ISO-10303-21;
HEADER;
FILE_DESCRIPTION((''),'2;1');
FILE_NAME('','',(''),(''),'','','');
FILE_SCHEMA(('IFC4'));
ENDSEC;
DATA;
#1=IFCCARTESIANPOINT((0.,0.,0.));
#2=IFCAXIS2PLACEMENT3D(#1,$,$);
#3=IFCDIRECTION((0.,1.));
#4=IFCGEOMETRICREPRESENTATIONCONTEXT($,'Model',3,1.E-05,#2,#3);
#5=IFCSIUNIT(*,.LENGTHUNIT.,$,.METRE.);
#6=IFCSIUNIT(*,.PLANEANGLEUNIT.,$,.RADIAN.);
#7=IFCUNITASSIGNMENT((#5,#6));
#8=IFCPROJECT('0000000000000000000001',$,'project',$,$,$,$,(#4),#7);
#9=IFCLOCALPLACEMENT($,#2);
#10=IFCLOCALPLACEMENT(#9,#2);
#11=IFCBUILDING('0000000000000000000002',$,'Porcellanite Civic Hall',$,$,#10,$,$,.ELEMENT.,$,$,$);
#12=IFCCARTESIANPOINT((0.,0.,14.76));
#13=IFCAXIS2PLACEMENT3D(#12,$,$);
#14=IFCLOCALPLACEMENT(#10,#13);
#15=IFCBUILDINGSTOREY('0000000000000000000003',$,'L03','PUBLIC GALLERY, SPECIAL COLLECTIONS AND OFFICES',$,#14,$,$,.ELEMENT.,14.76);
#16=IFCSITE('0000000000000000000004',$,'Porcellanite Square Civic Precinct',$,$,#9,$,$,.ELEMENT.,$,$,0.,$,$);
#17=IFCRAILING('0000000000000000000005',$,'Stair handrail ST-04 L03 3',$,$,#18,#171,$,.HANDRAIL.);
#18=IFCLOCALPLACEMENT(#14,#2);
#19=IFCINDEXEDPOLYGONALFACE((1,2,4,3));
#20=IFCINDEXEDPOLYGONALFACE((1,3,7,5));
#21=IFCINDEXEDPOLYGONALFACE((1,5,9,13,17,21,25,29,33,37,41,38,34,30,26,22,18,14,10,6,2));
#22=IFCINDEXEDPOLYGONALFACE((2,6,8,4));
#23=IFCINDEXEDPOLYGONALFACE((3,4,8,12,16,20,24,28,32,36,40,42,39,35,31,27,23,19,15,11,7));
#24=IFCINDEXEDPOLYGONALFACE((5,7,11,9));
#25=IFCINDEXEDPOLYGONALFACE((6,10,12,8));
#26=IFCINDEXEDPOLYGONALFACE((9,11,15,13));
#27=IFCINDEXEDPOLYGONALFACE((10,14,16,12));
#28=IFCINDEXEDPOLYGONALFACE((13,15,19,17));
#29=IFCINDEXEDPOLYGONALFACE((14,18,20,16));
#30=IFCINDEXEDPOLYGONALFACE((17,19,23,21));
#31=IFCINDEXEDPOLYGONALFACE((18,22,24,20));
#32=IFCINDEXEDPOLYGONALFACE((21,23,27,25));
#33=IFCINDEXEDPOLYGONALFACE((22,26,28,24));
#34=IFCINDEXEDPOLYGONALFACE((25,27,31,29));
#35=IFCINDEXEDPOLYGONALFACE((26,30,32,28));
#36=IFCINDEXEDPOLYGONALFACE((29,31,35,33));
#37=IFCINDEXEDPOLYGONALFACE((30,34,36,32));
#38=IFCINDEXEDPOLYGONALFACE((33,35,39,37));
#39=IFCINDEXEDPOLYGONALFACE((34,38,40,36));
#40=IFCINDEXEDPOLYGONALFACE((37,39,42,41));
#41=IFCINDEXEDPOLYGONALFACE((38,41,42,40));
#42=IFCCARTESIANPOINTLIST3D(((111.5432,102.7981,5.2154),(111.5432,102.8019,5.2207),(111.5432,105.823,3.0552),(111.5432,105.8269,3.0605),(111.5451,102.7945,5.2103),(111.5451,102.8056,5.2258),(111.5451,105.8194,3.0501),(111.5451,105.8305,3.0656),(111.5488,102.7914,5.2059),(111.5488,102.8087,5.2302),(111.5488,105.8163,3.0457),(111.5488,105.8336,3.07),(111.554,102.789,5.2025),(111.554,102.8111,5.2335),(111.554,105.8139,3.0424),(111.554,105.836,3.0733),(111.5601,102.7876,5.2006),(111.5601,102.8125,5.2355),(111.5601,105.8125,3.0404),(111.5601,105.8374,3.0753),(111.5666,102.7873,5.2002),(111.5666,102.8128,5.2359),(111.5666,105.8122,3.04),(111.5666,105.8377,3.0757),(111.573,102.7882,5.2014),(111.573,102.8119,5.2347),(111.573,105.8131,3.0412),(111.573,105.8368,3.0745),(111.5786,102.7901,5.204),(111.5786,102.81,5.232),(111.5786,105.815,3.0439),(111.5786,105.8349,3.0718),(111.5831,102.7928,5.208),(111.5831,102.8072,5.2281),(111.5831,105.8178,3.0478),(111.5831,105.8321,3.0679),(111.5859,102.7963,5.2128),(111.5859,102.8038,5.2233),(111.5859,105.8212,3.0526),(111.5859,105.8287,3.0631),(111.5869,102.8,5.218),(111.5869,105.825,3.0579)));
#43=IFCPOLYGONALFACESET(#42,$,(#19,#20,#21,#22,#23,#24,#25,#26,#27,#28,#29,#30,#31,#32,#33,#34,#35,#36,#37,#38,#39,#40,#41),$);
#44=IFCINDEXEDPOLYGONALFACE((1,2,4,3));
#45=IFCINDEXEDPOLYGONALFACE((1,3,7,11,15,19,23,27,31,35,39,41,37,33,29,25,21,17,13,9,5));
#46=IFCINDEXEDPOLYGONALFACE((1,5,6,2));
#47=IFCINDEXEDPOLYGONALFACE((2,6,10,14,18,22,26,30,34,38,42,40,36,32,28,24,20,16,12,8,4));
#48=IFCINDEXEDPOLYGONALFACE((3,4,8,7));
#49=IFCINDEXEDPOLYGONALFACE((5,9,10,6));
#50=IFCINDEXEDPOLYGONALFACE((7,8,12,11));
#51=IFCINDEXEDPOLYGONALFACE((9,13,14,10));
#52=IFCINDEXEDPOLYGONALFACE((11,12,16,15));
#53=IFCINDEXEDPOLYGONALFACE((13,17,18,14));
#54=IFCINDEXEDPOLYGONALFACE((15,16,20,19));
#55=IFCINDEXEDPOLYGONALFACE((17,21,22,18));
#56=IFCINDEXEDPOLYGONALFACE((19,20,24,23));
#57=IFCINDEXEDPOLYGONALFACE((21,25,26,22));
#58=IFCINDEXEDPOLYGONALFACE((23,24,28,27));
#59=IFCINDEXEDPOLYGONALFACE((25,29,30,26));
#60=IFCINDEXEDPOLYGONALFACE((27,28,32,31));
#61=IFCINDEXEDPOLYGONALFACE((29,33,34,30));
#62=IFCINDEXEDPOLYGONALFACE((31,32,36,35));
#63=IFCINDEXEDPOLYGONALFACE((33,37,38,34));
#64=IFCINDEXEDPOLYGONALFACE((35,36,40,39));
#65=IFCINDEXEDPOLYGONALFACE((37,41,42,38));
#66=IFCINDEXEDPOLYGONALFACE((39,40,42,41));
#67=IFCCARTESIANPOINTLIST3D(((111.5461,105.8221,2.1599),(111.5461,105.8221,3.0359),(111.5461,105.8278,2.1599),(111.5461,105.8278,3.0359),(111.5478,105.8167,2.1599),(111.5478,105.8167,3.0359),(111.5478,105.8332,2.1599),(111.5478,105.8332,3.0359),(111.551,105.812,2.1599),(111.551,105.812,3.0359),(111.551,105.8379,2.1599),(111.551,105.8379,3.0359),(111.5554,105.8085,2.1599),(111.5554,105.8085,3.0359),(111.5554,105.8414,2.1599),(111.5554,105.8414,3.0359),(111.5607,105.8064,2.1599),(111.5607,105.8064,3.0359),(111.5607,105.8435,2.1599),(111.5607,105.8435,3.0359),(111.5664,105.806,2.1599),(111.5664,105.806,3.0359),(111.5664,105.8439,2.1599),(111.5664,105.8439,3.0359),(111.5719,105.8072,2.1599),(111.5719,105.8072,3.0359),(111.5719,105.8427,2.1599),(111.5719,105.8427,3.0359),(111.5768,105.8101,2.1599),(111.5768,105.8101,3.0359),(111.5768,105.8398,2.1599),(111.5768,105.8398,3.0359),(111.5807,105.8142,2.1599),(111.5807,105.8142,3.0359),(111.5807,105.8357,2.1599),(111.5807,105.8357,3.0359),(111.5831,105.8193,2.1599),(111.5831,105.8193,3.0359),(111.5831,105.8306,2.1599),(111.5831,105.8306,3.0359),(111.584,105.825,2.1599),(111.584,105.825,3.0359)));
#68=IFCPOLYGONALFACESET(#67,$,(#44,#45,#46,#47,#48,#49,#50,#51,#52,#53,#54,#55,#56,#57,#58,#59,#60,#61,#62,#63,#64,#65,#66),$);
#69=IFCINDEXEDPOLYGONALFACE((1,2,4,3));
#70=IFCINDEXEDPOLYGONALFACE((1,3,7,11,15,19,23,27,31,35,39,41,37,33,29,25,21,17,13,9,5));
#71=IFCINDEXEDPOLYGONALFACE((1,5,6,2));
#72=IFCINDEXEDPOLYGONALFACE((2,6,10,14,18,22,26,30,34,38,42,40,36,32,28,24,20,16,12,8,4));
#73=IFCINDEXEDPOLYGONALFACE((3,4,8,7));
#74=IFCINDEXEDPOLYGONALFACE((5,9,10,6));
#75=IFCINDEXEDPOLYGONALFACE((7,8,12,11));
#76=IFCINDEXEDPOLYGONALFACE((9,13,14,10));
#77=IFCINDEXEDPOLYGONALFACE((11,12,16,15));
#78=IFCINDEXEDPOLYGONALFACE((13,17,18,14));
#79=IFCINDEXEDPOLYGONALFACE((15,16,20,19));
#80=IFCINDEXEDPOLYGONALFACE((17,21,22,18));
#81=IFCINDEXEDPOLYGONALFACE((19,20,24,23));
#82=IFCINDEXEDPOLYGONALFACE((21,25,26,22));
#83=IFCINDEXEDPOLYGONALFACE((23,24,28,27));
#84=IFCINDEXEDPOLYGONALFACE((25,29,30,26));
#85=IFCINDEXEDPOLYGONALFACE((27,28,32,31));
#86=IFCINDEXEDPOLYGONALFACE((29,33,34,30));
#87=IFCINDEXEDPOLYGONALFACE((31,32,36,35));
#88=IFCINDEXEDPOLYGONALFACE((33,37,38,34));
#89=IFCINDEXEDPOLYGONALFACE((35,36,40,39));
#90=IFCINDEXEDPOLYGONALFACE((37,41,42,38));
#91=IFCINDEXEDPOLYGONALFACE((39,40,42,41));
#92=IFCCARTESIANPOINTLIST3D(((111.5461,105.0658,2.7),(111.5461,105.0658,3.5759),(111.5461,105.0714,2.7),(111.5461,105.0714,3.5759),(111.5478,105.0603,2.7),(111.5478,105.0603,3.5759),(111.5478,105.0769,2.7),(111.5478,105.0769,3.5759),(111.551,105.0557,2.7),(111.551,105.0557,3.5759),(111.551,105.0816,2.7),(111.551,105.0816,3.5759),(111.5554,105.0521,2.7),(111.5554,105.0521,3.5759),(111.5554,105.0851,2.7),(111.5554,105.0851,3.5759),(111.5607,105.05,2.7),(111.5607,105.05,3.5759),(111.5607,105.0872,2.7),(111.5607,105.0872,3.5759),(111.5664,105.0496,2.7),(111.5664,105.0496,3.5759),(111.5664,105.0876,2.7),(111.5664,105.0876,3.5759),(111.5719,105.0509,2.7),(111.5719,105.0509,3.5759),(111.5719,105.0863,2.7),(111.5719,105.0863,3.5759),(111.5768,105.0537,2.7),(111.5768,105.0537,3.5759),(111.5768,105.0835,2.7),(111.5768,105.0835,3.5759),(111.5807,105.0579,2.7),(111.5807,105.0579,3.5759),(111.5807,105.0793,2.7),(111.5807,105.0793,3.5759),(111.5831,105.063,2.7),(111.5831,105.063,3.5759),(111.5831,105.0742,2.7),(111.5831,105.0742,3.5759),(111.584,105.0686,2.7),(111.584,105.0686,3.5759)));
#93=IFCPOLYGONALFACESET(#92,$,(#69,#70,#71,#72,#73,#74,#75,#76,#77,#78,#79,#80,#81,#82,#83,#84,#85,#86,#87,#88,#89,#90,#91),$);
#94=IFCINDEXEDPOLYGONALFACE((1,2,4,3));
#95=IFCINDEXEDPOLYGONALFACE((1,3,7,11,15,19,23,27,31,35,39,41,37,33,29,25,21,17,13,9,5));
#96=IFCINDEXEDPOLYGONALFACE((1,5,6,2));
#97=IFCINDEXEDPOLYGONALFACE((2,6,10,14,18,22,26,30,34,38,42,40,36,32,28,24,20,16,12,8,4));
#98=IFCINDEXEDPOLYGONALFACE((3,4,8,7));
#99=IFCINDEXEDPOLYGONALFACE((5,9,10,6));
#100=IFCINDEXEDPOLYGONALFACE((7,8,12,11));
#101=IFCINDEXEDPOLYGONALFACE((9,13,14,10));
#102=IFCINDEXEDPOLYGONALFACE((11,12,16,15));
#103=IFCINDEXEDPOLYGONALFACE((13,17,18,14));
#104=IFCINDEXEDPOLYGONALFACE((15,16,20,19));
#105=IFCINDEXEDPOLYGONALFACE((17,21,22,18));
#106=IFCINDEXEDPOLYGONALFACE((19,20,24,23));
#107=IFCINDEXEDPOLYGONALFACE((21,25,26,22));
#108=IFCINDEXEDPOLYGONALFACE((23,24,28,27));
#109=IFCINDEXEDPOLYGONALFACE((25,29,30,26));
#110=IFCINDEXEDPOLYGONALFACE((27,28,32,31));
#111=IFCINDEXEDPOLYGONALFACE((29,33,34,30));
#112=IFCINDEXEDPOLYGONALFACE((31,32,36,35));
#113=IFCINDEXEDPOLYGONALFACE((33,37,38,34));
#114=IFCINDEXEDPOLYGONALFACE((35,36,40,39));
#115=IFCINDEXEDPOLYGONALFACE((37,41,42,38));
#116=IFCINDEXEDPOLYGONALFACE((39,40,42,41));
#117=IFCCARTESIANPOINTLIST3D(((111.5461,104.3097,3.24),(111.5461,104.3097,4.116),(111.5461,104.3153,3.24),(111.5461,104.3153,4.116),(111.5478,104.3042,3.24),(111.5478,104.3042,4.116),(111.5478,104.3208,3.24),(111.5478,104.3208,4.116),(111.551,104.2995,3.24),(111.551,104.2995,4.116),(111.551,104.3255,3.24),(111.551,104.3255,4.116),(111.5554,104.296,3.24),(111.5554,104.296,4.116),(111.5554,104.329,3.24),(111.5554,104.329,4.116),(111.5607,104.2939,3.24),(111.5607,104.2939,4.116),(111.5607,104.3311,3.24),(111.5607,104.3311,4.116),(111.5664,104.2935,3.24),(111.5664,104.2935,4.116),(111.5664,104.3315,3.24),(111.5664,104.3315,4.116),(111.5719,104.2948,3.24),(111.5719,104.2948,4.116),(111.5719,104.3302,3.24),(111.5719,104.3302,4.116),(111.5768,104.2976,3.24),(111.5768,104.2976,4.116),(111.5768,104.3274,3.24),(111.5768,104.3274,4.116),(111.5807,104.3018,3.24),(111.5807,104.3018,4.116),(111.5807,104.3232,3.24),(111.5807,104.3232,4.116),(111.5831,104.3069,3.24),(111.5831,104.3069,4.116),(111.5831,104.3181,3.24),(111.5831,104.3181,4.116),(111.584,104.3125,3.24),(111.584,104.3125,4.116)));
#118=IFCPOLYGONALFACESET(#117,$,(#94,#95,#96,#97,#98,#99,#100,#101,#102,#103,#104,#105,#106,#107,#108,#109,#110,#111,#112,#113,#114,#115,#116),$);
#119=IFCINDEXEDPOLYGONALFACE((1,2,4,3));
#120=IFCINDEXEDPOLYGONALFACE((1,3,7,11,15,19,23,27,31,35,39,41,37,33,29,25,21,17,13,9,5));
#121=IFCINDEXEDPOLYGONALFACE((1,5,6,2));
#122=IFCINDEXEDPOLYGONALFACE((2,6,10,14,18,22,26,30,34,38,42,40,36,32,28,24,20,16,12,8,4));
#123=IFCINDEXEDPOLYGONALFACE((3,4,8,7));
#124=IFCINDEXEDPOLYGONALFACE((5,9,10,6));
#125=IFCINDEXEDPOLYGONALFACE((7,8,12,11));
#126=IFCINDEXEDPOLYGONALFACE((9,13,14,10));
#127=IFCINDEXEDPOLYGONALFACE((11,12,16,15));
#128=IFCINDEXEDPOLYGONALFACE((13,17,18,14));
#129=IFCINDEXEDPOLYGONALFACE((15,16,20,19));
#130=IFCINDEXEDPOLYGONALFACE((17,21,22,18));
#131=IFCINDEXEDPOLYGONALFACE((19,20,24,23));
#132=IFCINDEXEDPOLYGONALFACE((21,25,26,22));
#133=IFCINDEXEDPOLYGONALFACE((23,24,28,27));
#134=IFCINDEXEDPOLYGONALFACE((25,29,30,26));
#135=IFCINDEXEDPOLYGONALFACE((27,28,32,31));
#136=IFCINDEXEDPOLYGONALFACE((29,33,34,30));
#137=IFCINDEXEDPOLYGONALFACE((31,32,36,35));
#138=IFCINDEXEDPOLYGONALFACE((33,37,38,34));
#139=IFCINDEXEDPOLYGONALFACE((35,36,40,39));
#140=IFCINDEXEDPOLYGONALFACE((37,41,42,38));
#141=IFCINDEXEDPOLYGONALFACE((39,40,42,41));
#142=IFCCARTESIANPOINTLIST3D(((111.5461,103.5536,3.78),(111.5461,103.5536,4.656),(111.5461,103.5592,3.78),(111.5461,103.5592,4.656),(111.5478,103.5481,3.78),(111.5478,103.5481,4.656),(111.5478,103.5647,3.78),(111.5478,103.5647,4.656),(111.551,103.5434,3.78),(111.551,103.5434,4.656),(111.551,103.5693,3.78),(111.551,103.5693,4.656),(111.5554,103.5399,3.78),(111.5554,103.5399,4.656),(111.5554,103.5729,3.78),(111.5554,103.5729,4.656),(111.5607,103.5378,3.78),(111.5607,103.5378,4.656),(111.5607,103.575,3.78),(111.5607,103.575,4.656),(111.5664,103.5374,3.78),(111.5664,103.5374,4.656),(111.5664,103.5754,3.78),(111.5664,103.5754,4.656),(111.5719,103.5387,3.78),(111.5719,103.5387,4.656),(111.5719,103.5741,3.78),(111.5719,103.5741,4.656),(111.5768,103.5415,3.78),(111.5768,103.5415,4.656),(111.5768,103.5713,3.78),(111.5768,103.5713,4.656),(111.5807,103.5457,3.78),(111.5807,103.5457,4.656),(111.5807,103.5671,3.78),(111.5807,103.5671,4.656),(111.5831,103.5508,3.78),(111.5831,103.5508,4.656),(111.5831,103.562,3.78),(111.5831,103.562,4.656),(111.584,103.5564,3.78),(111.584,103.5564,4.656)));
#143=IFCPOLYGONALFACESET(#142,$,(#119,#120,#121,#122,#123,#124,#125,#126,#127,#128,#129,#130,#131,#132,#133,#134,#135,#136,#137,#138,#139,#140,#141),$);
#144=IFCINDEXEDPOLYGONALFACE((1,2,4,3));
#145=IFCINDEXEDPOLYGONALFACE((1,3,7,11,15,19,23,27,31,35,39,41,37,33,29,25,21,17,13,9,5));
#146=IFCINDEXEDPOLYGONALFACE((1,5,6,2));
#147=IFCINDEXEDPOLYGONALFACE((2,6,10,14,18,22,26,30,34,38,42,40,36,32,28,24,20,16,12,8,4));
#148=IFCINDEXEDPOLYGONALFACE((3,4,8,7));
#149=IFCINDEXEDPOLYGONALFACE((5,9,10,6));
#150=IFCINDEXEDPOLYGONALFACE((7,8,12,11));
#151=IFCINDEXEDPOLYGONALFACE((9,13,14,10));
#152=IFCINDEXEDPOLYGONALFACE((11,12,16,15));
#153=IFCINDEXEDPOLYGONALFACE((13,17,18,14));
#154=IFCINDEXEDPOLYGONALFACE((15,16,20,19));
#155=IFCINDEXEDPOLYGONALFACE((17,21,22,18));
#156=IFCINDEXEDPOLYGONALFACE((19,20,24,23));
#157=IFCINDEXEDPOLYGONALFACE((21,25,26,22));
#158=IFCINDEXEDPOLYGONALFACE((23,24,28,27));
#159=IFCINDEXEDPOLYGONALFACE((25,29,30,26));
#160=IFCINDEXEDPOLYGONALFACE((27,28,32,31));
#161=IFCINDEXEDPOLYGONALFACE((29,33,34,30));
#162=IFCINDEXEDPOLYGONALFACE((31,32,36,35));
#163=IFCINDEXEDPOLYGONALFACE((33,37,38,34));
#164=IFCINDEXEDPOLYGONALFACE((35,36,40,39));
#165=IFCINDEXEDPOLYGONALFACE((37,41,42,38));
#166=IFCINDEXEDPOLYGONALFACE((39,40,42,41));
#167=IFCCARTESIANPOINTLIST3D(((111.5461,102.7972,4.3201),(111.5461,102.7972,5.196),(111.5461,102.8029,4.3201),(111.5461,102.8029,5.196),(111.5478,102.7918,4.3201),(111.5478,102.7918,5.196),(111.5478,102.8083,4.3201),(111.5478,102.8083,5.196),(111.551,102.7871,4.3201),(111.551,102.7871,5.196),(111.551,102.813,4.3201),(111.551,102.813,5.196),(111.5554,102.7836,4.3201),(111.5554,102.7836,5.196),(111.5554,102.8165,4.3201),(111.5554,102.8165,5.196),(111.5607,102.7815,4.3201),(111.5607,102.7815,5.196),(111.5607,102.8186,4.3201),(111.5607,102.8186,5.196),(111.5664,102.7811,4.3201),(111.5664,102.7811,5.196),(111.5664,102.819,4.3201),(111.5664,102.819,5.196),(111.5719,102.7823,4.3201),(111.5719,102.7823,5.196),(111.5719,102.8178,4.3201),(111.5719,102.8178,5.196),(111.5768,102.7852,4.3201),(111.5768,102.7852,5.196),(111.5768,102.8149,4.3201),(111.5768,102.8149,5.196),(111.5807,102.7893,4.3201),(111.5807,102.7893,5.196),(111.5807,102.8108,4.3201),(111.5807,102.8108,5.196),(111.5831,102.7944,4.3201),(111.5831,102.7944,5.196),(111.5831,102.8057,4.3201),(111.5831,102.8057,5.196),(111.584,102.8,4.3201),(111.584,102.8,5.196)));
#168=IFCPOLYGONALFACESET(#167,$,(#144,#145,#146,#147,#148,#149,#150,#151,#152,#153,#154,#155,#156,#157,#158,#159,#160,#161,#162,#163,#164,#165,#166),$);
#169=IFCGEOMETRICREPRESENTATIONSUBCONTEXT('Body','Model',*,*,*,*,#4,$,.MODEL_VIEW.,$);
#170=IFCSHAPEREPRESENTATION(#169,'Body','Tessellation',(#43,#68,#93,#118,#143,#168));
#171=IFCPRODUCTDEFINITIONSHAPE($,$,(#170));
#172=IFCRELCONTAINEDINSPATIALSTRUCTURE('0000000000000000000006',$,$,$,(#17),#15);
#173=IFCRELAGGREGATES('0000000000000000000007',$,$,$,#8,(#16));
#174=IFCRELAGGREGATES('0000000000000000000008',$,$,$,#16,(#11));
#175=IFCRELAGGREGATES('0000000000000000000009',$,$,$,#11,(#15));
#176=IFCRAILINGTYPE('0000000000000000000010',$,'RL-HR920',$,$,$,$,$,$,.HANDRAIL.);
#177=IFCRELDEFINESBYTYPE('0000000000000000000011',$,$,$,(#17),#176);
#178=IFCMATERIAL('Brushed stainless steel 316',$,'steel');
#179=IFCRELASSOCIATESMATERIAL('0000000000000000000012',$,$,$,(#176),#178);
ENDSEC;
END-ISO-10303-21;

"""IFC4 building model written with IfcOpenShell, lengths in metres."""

from ifc_helpers import new_model, si_unit, direction, frame, origin, origin_2d, place, context, subcontext, project, spatial, circle, extrude, material, type_object, element, save


model = new_model("IFC4")

# Units and contexts
model_context = context("Model", 3, precision=1e-05, world=origin(), true_north=direction((0.0, 1.0)))
body_context = subcontext(model_context, "Body", "Model", "MODEL_VIEW")
ifc_project = project(units=[si_unit("LENGTHUNIT", "METRE"), si_unit("PLANEANGLEUNIT", "RADIAN")], contexts=[model_context])

# Site, building, storey
site_placement = place(None, origin())
site = spatial("IfcSite", under=ifc_project, at=site_placement, Name="Porcellanite Square Civic Precinct", CompositionType="ELEMENT", RefElevation=0.0)
building_placement = place(site_placement, origin())
building = spatial("IfcBuilding", under=site, at=building_placement, Name="Porcellanite Civic Hall", CompositionType="ELEMENT")
storey_placement = place(building_placement, frame((0.0, 0.0, 14.76)))
storey = spatial("IfcBuildingStorey", under=building, at=storey_placement, Name="L03", Description="PUBLIC GALLERY, SPECIAL COLLECTIONS AND OFFICES", CompositionType="ELEMENT", Elevation=14.76)

# Railing
ifc_material_1 = material(Name="Brushed stainless steel 316", Category="steel")
railing_type_1 = type_object("IfcRailingType", Name="RL-HR920", PredefinedType="HANDRAIL", material=ifc_material_1)
railing_1_placement = place(storey_placement, frame((111.5649, 105.825, 2.1599)))
element("IfcRailing", 1, at=railing_1_placement, inside=storey, type_object=railing_type_1, Name="Stair handrail ST-04 L03 3", PredefinedType="HANDRAIL", context=body_context, shape_type="SweptSolid", body=[
    extrude(circle(Radius=0.022, at=origin_2d()), frame((0.0, 0.0, 0.8979), z_axis=(0.0, -0.813796, 0.581151), x_axis=(1.0, 0.0, 0.0)), (0.0, 0.0, 1.0), 3.717),
    extrude(circle(Radius=0.019, at=origin_2d()), origin(), (0.0, 0.0, 1.0), 0.876),
    extrude(circle(Radius=0.019, at=origin_2d()), frame((0.0, -0.7563, 0.54)), (0.0, 0.0, 1.0), 0.876),
    extrude(circle(Radius=0.019, at=origin_2d()), frame((0.0, -1.5125, 1.0801)), (0.0, 0.0, 1.0), 0.876),
    extrude(circle(Radius=0.019, at=origin_2d()), frame((0.0, -2.2686, 1.6201)), (0.0, 0.0, 1.0), 0.876),
    extrude(circle(Radius=0.019, at=origin_2d()), frame((0.0, -3.0249, 2.1602)), (0.0, 0.0, 1.0), 0.876),
])

save(model, "model.ifc")
